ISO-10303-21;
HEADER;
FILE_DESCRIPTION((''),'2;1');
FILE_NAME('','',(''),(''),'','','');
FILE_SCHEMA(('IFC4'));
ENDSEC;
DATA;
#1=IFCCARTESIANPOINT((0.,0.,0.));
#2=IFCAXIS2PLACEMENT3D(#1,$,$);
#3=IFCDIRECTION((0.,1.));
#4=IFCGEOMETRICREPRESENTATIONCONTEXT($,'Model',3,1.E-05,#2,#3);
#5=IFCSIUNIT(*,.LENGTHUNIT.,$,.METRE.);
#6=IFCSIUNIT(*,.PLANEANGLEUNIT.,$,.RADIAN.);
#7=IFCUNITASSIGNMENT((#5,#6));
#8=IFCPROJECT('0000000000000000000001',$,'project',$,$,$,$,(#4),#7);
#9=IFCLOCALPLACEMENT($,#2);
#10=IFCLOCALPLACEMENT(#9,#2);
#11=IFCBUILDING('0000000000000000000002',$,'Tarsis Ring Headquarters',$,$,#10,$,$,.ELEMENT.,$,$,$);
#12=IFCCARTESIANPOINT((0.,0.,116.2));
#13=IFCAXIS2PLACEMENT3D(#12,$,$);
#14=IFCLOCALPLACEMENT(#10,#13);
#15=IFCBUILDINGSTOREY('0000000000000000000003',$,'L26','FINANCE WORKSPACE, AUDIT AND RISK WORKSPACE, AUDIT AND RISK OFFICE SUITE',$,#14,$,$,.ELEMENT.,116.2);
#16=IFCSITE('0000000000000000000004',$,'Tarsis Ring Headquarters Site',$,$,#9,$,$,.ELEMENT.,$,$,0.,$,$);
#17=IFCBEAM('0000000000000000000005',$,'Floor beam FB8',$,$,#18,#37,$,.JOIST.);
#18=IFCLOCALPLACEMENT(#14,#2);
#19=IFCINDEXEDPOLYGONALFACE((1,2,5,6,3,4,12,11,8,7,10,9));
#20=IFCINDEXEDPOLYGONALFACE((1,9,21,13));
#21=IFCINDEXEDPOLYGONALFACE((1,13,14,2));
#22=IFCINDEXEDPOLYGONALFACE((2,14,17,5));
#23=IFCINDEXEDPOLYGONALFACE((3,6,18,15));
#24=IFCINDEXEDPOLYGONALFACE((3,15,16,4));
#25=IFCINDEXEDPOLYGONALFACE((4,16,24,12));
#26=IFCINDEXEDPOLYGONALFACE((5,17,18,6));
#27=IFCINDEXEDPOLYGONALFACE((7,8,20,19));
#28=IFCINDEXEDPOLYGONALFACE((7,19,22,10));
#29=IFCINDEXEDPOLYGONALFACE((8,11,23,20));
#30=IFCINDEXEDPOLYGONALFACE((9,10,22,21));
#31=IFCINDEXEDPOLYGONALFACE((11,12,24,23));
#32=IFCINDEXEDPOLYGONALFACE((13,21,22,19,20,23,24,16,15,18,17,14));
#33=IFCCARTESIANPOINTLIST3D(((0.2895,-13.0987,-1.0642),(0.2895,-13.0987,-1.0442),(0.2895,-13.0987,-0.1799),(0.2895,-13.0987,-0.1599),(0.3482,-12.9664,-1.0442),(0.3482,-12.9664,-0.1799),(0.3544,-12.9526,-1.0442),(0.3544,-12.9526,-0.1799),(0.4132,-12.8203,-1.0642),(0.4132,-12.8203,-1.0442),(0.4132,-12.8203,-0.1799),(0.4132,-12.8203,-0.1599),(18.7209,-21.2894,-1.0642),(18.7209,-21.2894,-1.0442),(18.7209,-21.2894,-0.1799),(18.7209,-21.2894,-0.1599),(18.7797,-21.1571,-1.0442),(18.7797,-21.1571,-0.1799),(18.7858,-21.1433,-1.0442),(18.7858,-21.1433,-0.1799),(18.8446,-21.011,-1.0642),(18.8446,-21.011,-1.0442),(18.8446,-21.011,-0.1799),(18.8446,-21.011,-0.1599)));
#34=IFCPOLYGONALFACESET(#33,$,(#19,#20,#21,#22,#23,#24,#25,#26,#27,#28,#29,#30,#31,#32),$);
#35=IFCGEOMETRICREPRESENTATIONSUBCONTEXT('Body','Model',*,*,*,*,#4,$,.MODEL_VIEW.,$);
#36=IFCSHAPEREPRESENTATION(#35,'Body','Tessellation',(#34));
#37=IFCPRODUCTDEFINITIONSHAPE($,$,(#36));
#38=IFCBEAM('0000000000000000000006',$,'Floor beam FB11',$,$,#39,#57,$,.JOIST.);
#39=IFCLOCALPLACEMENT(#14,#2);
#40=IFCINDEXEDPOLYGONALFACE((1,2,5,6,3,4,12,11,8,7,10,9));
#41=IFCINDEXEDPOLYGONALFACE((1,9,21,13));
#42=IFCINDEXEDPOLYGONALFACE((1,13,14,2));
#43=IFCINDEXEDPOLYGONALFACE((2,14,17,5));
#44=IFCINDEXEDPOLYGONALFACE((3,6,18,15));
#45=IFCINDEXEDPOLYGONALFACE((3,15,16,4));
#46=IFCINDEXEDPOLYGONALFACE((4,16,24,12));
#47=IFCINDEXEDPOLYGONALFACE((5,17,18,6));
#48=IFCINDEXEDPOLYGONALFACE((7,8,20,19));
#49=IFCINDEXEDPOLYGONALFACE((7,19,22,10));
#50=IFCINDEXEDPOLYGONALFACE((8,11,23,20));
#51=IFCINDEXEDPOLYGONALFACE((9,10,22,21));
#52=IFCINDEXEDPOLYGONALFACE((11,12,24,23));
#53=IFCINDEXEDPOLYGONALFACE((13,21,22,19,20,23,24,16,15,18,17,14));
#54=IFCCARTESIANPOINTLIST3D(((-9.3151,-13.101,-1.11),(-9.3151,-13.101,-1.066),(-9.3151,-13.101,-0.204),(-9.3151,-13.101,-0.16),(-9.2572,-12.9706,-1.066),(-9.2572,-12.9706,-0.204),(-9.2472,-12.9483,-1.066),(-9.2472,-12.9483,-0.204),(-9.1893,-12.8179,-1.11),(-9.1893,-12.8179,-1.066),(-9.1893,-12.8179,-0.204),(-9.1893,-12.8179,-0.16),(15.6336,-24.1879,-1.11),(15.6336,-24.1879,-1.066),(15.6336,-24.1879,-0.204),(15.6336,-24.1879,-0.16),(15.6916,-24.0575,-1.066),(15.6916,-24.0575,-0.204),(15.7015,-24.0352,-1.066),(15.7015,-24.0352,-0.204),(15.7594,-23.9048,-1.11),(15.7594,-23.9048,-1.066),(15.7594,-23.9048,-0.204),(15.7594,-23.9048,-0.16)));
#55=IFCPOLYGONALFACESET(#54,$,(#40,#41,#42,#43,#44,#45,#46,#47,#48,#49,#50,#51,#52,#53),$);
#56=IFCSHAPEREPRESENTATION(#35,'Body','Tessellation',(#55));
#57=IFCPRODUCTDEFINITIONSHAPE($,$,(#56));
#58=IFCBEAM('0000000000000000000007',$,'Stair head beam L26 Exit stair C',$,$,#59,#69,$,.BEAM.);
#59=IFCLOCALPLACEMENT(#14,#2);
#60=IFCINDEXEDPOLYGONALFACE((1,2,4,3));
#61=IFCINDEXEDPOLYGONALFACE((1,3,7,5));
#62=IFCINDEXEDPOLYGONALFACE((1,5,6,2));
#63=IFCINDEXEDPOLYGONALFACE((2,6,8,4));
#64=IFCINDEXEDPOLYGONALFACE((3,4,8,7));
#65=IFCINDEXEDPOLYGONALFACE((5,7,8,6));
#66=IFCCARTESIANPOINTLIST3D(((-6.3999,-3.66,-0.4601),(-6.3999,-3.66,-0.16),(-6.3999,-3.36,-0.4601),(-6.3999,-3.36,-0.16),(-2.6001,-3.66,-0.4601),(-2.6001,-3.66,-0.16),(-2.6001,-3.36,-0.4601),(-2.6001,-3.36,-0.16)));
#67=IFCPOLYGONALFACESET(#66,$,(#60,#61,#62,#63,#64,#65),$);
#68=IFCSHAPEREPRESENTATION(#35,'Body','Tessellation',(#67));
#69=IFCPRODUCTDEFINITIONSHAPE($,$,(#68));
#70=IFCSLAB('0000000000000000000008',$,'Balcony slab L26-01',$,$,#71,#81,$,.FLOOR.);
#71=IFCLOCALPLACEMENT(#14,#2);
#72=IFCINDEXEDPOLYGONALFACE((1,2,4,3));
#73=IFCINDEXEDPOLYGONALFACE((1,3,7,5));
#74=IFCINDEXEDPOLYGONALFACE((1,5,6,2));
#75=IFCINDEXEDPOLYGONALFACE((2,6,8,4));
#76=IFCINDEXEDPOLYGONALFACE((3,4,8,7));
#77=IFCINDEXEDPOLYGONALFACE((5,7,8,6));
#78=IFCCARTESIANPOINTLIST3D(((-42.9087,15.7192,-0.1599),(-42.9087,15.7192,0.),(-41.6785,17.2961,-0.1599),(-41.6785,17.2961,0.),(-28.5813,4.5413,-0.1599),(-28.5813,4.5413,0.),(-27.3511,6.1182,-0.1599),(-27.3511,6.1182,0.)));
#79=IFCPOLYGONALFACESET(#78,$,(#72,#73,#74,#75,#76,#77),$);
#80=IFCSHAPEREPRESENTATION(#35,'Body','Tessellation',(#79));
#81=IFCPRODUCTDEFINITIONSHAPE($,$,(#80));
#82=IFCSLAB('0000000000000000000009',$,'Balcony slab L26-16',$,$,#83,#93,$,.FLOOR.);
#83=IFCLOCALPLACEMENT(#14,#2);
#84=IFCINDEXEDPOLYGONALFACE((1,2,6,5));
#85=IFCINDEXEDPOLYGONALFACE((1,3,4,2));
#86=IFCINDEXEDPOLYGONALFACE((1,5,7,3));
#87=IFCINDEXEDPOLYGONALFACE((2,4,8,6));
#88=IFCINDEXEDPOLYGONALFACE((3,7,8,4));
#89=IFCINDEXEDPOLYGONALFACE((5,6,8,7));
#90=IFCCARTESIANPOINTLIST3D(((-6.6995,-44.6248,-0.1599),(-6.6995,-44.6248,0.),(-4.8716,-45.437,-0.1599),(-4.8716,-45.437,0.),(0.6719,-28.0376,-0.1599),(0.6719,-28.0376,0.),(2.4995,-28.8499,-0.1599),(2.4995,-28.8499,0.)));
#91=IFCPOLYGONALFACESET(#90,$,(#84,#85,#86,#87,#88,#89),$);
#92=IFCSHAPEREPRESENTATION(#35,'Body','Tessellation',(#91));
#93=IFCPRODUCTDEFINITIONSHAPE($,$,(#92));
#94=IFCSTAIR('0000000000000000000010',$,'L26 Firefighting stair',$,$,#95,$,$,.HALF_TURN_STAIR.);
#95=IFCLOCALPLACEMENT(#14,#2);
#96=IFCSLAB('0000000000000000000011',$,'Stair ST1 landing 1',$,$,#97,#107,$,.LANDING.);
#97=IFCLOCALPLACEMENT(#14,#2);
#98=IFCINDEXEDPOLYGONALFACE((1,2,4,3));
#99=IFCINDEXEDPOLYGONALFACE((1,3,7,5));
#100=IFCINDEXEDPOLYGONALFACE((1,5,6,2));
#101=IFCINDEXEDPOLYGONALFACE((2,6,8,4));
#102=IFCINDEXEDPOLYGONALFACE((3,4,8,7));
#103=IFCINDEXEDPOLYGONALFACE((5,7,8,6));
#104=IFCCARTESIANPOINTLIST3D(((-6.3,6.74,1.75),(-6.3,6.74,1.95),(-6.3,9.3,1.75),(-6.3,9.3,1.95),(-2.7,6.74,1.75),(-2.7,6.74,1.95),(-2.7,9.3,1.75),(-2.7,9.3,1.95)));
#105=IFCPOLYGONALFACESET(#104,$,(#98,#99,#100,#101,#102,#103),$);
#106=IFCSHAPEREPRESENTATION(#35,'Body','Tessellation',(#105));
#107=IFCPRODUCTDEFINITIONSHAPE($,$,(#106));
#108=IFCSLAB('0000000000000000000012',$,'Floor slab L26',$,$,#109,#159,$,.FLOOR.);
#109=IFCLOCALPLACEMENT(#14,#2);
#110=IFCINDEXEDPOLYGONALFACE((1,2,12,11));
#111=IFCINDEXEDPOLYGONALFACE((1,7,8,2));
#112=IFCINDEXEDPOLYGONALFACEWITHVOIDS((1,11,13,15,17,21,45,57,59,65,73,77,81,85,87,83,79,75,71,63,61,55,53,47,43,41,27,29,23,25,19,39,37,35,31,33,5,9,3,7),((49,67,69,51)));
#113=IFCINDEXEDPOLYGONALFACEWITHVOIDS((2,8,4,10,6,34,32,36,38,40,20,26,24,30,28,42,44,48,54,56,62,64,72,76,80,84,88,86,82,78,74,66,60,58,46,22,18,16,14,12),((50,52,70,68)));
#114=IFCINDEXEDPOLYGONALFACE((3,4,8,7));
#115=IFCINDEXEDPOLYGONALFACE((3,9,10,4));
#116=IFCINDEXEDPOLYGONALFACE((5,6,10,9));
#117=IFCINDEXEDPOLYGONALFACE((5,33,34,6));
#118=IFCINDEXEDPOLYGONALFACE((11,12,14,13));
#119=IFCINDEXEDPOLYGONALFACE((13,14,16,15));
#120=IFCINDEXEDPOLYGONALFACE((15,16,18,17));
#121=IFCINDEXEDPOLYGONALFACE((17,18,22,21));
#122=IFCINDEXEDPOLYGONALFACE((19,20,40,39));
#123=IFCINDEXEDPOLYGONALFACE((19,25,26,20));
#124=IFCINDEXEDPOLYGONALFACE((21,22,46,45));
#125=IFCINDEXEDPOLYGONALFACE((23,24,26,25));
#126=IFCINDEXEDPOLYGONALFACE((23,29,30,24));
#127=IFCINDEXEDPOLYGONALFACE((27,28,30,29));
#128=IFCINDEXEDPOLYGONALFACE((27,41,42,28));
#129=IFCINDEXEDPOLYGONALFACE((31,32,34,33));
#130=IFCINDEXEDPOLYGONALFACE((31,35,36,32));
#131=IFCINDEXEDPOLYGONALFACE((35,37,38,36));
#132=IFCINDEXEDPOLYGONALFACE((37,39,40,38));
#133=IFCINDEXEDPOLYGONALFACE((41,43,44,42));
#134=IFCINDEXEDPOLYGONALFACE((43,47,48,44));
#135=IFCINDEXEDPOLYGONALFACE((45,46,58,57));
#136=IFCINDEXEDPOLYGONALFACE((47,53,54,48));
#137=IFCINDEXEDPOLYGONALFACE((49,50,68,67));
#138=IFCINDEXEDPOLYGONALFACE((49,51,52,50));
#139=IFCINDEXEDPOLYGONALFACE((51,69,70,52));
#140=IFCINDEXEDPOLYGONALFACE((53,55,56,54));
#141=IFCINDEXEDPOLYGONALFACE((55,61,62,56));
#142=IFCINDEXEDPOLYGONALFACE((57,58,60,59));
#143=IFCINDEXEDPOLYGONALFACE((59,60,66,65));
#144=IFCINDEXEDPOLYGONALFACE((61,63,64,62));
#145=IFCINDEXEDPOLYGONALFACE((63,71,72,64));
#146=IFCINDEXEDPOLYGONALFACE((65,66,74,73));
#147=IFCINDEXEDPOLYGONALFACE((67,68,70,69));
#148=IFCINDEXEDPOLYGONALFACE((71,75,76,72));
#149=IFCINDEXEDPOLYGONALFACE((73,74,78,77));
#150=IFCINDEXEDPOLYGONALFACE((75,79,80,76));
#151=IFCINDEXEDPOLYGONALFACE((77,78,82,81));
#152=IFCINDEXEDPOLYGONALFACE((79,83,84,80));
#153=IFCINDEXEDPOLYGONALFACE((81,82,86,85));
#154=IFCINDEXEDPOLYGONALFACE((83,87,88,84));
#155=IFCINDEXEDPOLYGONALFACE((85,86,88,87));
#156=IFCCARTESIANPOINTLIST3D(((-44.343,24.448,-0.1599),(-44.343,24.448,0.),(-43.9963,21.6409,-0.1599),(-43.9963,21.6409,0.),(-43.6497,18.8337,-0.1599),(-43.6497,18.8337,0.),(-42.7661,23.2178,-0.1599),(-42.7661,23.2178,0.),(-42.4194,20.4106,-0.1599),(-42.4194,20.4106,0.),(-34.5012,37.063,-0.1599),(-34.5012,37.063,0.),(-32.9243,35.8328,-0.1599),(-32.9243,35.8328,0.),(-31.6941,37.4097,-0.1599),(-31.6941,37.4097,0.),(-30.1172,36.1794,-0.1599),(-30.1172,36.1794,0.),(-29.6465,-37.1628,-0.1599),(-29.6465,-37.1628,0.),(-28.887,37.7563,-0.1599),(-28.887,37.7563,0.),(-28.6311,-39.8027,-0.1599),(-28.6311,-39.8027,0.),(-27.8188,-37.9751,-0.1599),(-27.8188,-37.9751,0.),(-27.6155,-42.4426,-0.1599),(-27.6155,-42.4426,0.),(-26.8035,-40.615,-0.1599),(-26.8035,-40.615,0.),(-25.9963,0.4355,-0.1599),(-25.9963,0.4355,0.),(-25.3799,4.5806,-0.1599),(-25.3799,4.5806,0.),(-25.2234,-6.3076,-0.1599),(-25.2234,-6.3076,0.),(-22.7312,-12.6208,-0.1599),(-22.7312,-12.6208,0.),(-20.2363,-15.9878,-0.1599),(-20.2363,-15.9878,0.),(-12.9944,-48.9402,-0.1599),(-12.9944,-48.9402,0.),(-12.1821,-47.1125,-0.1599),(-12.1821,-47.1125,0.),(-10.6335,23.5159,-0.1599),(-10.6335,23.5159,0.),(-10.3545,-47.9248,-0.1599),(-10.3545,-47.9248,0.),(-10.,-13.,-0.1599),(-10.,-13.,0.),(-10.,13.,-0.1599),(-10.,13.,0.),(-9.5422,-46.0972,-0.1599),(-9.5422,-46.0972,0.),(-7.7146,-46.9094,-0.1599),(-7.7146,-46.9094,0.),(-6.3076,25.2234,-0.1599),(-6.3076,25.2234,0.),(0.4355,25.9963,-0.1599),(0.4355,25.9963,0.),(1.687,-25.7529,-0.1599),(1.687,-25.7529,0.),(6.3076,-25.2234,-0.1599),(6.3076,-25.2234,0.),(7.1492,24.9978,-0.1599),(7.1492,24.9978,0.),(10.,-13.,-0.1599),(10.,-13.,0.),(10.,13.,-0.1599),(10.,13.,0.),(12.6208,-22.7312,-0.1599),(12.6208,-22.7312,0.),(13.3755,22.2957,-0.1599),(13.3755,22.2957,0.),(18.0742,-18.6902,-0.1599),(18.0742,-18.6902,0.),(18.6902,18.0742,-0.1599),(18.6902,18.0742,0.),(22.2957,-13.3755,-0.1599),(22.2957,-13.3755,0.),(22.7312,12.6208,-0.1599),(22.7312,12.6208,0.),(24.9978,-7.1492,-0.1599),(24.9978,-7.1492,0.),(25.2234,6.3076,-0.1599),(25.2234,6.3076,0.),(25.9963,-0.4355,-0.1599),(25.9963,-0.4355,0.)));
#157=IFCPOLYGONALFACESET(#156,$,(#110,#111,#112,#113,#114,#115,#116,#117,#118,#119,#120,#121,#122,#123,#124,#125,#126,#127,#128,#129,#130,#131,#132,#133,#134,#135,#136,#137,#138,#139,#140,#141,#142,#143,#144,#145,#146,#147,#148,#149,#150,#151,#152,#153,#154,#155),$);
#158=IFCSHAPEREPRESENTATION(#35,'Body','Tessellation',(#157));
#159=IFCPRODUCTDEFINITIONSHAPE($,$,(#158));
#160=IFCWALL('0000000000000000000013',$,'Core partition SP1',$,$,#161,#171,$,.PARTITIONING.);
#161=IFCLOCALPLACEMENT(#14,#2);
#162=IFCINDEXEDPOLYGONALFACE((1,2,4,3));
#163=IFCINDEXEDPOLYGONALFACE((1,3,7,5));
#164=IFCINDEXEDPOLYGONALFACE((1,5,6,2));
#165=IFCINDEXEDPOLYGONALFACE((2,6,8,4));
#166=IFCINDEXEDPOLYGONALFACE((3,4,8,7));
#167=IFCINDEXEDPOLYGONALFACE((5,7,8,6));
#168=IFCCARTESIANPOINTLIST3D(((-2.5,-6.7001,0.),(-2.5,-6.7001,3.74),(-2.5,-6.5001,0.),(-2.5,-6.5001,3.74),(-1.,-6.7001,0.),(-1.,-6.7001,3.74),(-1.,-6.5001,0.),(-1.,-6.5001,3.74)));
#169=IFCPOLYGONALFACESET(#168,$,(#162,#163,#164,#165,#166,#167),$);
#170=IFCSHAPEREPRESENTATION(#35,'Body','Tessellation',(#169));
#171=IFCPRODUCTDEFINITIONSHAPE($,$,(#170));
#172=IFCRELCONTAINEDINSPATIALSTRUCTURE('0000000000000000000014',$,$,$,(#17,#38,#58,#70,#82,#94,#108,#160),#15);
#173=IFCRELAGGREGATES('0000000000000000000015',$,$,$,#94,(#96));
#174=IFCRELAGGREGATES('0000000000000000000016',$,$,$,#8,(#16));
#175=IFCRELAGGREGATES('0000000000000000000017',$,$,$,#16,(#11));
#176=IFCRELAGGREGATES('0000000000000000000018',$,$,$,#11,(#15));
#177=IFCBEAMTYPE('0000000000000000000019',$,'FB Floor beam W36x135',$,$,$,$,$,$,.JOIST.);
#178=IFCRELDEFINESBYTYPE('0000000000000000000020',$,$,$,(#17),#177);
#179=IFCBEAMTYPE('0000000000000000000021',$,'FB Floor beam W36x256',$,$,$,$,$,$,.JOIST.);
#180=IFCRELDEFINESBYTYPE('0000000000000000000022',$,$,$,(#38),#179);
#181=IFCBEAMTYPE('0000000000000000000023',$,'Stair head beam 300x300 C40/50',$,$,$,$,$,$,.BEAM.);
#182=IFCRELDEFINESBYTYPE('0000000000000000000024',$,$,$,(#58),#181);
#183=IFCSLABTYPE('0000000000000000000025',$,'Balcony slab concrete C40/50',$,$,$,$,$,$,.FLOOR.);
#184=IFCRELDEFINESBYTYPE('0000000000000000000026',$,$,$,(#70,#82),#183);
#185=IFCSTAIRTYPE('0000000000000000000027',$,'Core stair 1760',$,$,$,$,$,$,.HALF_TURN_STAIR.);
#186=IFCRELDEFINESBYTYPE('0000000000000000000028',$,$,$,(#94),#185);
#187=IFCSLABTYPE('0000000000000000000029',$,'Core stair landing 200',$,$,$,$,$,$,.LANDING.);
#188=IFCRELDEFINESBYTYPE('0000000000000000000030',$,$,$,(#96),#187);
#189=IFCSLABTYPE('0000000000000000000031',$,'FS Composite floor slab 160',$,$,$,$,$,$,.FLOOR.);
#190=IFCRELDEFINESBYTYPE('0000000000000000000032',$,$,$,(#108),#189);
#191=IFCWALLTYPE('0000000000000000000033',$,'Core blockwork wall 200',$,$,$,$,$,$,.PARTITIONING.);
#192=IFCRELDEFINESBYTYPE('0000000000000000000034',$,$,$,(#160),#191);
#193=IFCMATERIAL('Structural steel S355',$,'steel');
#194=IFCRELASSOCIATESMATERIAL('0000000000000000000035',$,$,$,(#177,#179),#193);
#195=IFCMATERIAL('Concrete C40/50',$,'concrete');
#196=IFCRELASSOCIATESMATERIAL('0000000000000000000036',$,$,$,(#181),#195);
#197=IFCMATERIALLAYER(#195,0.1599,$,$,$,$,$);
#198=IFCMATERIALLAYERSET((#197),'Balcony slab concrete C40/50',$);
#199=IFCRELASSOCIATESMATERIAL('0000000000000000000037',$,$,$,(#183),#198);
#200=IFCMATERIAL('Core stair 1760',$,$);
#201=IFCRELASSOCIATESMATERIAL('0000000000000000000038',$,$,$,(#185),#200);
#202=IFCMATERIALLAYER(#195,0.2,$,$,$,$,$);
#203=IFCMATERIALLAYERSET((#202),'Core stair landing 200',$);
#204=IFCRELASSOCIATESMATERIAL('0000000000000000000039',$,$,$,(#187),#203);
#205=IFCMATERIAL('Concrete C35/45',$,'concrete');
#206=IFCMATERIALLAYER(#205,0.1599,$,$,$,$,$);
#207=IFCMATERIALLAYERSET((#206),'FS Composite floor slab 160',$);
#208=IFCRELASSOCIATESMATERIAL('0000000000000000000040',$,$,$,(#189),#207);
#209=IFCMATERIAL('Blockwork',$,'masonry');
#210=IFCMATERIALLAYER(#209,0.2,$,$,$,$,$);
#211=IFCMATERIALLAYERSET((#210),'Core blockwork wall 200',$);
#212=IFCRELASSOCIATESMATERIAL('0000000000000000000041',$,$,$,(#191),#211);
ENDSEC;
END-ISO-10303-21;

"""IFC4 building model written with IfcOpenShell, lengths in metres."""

from ifc_helpers import new_model, si_unit, direction, frame, frame_2d, origin, origin_2d, place, context, subcontext, project, spatial, polyline, rectangle, i_section, outline, extrude, material, layer, layer_set, material_profile, profile_set, type_object, element, aggregate, save


model = new_model("IFC4")

# Units and contexts
model_context = context("Model", 3, precision=1e-05, world=origin(), true_north=direction((0.0, 1.0)))
body_context = subcontext(model_context, "Body", "Model", "MODEL_VIEW")
ifc_project = project(units=[si_unit("LENGTHUNIT", "METRE"), si_unit("PLANEANGLEUNIT", "RADIAN")], contexts=[model_context])

# Site, building, storey
site_placement = place(None, origin())
site = spatial("IfcSite", under=ifc_project, at=site_placement, Name="Tarsis Ring Headquarters Site", CompositionType="ELEMENT", RefElevation=0.0)
building_placement = place(site_placement, origin())
building = spatial("IfcBuilding", under=site, at=building_placement, Name="Tarsis Ring Headquarters", CompositionType="ELEMENT")
storey_placement = place(building_placement, frame((0.0, 0.0, 116.2)))
storey = spatial("IfcBuildingStorey", under=building, at=storey_placement, Name="L26", Description="FINANCE WORKSPACE, AUDIT AND RISK WORKSPACE, AUDIT AND RISK OFFICE SUITE", CompositionType="ELEMENT", Elevation=116.2)

# Beams
ifc_material_1 = material(Name="Structural steel S355", Category="steel")
ifc_material_profile_1 = material_profile(ifc_material_1, i_section(OverallWidth=0.3047, OverallDepth=0.9043, WebThickness=0.0151, FlangeThickness=0.02, at=origin_2d()), Name="W36x135")
ifc_profile_set_1 = profile_set([ifc_material_profile_1], Name="Structural steel S355")
beam_type_1 = type_object("IfcBeamType", Name="FB Floor beam W36x135", PredefinedType="JOIST", material=ifc_profile_set_1)
beam_1_placement = place(storey_placement, frame((0.3513, -12.9595, -0.6121), z_axis=(0.913831, -0.406095, 0.0), x_axis=(0.406095, 0.913831, 0.0)))
element("IfcBeam", 1, at=beam_1_placement, inside=storey, type_object=beam_type_1, Name="Floor beam FB8", PredefinedType="JOIST", context=body_context, shape_type="SweptSolid", body=[
    extrude(i_section(OverallWidth=0.3047, OverallDepth=0.9043, WebThickness=0.0151, FlangeThickness=0.02, at=origin_2d()), origin(), (0.0, 0.0, 1.0), 20.1694),
])
ifc_material_profile_2 = material_profile(ifc_material_1, i_section(OverallWidth=0.3098, OverallDepth=0.95, WebThickness=0.0244, FlangeThickness=0.0439, at=origin_2d()), Name="W36x256")
ifc_profile_set_2 = profile_set([ifc_material_profile_2], Name="Structural steel S355")
beam_type_2 = type_object("IfcBeamType", Name="FB Floor beam W36x256", PredefinedType="JOIST", material=ifc_profile_set_2)
beam_2_placement = place(storey_placement, frame((-9.2522, -12.9595, -0.635), z_axis=(0.913831, -0.406095, 0.0), x_axis=(0.406095, 0.913831, 0.0)))
element("IfcBeam", 2, at=beam_2_placement, inside=storey, type_object=beam_type_2, Name="Floor beam FB11", PredefinedType="JOIST", context=body_context, shape_type="SweptSolid", body=[
    extrude(i_section(OverallWidth=0.3098, OverallDepth=0.95, WebThickness=0.0244, FlangeThickness=0.0439, at=origin_2d()), origin(), (0.0, 0.0, 1.0), 27.3013),
])
ifc_material_2 = material(Name="Concrete C40/50", Category="concrete")
ifc_material_profile_3 = material_profile(ifc_material_2, rectangle(XDim=0.3, YDim=0.3, at=origin_2d()), Name="Stair head beam 300x300 C40/50")
ifc_profile_set_3 = profile_set([ifc_material_profile_3], Name="Concrete C40/50")
beam_type_3 = type_object("IfcBeamType", Name="Stair head beam 300x300 C40/50", PredefinedType="BEAM", material=ifc_profile_set_3)
beam_3_placement = place(storey_placement, frame((-6.3999, -3.51, -0.3101), z_axis=(1.0, 0.0, 0.0), x_axis=(0.0, 1.0, 0.0)))
element("IfcBeam", 3, at=beam_3_placement, inside=storey, type_object=beam_type_3, Name="Stair head beam L26 Exit stair C", PredefinedType="BEAM", context=body_context, shape_type="SweptSolid", body=[
    extrude(rectangle(XDim=0.3, YDim=0.3, at=origin_2d()), origin(), (0.0, 0.0, 1.0), 3.7998),
])

# Slabs
ifc_layer_1 = layer(ifc_material_2, 0.1599)
ifc_layer_set_1 = layer_set([ifc_layer_1], Name="Balcony slab concrete C40/50")
slab_type_1 = type_object("IfcSlabType", Name="Balcony slab concrete C40/50", PredefinedType="FLOOR", material=ifc_layer_set_1)
slab_1_placement = place(storey_placement, frame((0.0, 0.0, -0.1599)))
element("IfcSlab", 4, at=slab_1_placement, inside=storey, type_object=slab_type_1, Name="Balcony slab L26-01", PredefinedType="FLOOR", context=body_context, shape_type="SweptSolid", body=[
    extrude(outline(polyline([(-41.6785, 17.2961), (-42.9087, 15.7192), (-28.5813, 4.5413), (-27.3511, 6.1182), (-41.6785, 17.2961)])), origin(), (0.0, 0.0, 1.0), 0.1599),
])
slab_2_placement = place(storey_placement, frame((0.0, 0.0, -0.1599)))
element("IfcSlab", 5, at=slab_2_placement, inside=storey, type_object=slab_type_1, Name="Balcony slab L26-16", PredefinedType="FLOOR", context=body_context, shape_type="SweptSolid", body=[
    extrude(outline(polyline([(-6.6995, -44.6248), (-4.8716, -45.437), (2.4995, -28.8499), (0.6719, -28.0376), (-6.6995, -44.6248)])), origin(), (0.0, 0.0, 1.0), 0.1599),
])

# Stair, slab
ifc_material_3 = material(Name="Core stair 1760")
stair_type = type_object("IfcStairType", Name="Core stair 1760", PredefinedType="HALF_TURN_STAIR", material=ifc_material_3)
stair_placement = place(storey_placement, origin())
stair = element("IfcStair", 6, at=stair_placement, inside=storey, type_object=stair_type, Name="L26 Firefighting stair", PredefinedType="HALF_TURN_STAIR")
ifc_layer_2 = layer(ifc_material_2, 0.2)
ifc_layer_set_2 = layer_set([ifc_layer_2], Name="Core stair landing 200")
slab_type_2 = type_object("IfcSlabType", Name="Core stair landing 200", PredefinedType="LANDING", material=ifc_layer_set_2)
slab_3_placement = place(storey_placement, frame((0.0, 0.0, 1.75)))
slab_3 = element("IfcSlab", 7, at=slab_3_placement, type_object=slab_type_2, Name="Stair ST1 landing 1", PredefinedType="LANDING", context=body_context, shape_type="SweptSolid", body=[
    extrude(outline(polyline([(-2.7, 6.74), (-2.7, 9.3), (-6.3, 9.3), (-6.3, 6.74), (-2.7, 6.74)])), origin(), (0.0, 0.0, 1.0), 0.2),
])
aggregate(stair, [slab_3])

# Slab
ifc_material_4 = material(Name="Concrete C35/45", Category="concrete")
ifc_layer_3 = layer(ifc_material_4, 0.1599)
ifc_layer_set_3 = layer_set([ifc_layer_3], Name="FS Composite floor slab 160")
slab_type_3 = type_object("IfcSlabType", Name="FS Composite floor slab 160", PredefinedType="FLOOR", material=ifc_layer_set_3)
slab_4_placement = place(storey_placement, frame((0.0, 0.0, -0.1599)))
element("IfcSlab", 8, at=slab_4_placement, inside=storey, type_object=slab_type_3, Name="Floor slab L26", PredefinedType="FLOOR", context=body_context, shape_type="SweptSolid", body=[
    extrude(outline(polyline([(-25.3799, 4.5806), (-25.9963, 0.4355), (-25.2234, -6.3076), (-22.7312, -12.6208), (-20.2363, -15.9878), (-29.6465, -37.1628), (-27.8188, -37.9751), (-28.6311, -39.8027), (-26.8035, -40.615), (-27.6155, -42.4426), (-12.9944, -48.9402), (-12.1821, -47.1125), (-10.3545, -47.9248), (-9.5422, -46.0972), (-7.7146, -46.9094), (1.687, -25.7529), (6.3076, -25.2234), (12.6208, -22.7312), (18.0742, -18.6902), (22.2957, -13.3755), (24.9978, -7.1492), (25.9963, -0.4355), (25.2234, 6.3076), (22.7312, 12.6208), (18.6902, 18.0742), (13.3755, 22.2957), (7.1492, 24.9978), (0.4355, 25.9963), (-6.3076, 25.2234), (-10.6335, 23.5159), (-28.887, 37.7563), (-30.1172, 36.1794), (-31.6941, 37.4097), (-32.9243, 35.8328), (-34.5012, 37.063), (-44.343, 24.448), (-42.7661, 23.2178), (-43.9963, 21.6409), (-42.4194, 20.4106), (-43.6497, 18.8337), (-25.3799, 4.5806)]), holes=[polyline([(-10.0, -13.0), (-10.0, 13.0), (10.0, 13.0), (10.0, -13.0), (-10.0, -13.0)])]), origin(), (0.0, 0.0, 1.0), 0.1599),
])

# Wall
ifc_material_5 = material(Name="Blockwork", Category="masonry")
ifc_layer_4 = layer(ifc_material_5, 0.2)
ifc_layer_set_4 = layer_set([ifc_layer_4], Name="Core blockwork wall 200")
wall_type_1 = type_object("IfcWallType", Name="Core blockwork wall 200", PredefinedType="PARTITIONING", material=ifc_layer_set_4)
wall_1_placement = place(storey_placement, frame((-2.5, -6.6001, 0.0), z_axis=(0.0, 0.0, 1.0), x_axis=(1.0, 0.0, 0.0)))
element("IfcWall", 9, at=wall_1_placement, inside=storey, type_object=wall_type_1, Name="Core partition SP1", PredefinedType="PARTITIONING", context=body_context, shape_type="SweptSolid", body=[
    extrude(rectangle(XDim=1.5, YDim=0.2, at=frame_2d((0.75, 0.0))), origin(), (0.0, 0.0, 1.0), 3.74),
])

save(model, "model.ifc")
